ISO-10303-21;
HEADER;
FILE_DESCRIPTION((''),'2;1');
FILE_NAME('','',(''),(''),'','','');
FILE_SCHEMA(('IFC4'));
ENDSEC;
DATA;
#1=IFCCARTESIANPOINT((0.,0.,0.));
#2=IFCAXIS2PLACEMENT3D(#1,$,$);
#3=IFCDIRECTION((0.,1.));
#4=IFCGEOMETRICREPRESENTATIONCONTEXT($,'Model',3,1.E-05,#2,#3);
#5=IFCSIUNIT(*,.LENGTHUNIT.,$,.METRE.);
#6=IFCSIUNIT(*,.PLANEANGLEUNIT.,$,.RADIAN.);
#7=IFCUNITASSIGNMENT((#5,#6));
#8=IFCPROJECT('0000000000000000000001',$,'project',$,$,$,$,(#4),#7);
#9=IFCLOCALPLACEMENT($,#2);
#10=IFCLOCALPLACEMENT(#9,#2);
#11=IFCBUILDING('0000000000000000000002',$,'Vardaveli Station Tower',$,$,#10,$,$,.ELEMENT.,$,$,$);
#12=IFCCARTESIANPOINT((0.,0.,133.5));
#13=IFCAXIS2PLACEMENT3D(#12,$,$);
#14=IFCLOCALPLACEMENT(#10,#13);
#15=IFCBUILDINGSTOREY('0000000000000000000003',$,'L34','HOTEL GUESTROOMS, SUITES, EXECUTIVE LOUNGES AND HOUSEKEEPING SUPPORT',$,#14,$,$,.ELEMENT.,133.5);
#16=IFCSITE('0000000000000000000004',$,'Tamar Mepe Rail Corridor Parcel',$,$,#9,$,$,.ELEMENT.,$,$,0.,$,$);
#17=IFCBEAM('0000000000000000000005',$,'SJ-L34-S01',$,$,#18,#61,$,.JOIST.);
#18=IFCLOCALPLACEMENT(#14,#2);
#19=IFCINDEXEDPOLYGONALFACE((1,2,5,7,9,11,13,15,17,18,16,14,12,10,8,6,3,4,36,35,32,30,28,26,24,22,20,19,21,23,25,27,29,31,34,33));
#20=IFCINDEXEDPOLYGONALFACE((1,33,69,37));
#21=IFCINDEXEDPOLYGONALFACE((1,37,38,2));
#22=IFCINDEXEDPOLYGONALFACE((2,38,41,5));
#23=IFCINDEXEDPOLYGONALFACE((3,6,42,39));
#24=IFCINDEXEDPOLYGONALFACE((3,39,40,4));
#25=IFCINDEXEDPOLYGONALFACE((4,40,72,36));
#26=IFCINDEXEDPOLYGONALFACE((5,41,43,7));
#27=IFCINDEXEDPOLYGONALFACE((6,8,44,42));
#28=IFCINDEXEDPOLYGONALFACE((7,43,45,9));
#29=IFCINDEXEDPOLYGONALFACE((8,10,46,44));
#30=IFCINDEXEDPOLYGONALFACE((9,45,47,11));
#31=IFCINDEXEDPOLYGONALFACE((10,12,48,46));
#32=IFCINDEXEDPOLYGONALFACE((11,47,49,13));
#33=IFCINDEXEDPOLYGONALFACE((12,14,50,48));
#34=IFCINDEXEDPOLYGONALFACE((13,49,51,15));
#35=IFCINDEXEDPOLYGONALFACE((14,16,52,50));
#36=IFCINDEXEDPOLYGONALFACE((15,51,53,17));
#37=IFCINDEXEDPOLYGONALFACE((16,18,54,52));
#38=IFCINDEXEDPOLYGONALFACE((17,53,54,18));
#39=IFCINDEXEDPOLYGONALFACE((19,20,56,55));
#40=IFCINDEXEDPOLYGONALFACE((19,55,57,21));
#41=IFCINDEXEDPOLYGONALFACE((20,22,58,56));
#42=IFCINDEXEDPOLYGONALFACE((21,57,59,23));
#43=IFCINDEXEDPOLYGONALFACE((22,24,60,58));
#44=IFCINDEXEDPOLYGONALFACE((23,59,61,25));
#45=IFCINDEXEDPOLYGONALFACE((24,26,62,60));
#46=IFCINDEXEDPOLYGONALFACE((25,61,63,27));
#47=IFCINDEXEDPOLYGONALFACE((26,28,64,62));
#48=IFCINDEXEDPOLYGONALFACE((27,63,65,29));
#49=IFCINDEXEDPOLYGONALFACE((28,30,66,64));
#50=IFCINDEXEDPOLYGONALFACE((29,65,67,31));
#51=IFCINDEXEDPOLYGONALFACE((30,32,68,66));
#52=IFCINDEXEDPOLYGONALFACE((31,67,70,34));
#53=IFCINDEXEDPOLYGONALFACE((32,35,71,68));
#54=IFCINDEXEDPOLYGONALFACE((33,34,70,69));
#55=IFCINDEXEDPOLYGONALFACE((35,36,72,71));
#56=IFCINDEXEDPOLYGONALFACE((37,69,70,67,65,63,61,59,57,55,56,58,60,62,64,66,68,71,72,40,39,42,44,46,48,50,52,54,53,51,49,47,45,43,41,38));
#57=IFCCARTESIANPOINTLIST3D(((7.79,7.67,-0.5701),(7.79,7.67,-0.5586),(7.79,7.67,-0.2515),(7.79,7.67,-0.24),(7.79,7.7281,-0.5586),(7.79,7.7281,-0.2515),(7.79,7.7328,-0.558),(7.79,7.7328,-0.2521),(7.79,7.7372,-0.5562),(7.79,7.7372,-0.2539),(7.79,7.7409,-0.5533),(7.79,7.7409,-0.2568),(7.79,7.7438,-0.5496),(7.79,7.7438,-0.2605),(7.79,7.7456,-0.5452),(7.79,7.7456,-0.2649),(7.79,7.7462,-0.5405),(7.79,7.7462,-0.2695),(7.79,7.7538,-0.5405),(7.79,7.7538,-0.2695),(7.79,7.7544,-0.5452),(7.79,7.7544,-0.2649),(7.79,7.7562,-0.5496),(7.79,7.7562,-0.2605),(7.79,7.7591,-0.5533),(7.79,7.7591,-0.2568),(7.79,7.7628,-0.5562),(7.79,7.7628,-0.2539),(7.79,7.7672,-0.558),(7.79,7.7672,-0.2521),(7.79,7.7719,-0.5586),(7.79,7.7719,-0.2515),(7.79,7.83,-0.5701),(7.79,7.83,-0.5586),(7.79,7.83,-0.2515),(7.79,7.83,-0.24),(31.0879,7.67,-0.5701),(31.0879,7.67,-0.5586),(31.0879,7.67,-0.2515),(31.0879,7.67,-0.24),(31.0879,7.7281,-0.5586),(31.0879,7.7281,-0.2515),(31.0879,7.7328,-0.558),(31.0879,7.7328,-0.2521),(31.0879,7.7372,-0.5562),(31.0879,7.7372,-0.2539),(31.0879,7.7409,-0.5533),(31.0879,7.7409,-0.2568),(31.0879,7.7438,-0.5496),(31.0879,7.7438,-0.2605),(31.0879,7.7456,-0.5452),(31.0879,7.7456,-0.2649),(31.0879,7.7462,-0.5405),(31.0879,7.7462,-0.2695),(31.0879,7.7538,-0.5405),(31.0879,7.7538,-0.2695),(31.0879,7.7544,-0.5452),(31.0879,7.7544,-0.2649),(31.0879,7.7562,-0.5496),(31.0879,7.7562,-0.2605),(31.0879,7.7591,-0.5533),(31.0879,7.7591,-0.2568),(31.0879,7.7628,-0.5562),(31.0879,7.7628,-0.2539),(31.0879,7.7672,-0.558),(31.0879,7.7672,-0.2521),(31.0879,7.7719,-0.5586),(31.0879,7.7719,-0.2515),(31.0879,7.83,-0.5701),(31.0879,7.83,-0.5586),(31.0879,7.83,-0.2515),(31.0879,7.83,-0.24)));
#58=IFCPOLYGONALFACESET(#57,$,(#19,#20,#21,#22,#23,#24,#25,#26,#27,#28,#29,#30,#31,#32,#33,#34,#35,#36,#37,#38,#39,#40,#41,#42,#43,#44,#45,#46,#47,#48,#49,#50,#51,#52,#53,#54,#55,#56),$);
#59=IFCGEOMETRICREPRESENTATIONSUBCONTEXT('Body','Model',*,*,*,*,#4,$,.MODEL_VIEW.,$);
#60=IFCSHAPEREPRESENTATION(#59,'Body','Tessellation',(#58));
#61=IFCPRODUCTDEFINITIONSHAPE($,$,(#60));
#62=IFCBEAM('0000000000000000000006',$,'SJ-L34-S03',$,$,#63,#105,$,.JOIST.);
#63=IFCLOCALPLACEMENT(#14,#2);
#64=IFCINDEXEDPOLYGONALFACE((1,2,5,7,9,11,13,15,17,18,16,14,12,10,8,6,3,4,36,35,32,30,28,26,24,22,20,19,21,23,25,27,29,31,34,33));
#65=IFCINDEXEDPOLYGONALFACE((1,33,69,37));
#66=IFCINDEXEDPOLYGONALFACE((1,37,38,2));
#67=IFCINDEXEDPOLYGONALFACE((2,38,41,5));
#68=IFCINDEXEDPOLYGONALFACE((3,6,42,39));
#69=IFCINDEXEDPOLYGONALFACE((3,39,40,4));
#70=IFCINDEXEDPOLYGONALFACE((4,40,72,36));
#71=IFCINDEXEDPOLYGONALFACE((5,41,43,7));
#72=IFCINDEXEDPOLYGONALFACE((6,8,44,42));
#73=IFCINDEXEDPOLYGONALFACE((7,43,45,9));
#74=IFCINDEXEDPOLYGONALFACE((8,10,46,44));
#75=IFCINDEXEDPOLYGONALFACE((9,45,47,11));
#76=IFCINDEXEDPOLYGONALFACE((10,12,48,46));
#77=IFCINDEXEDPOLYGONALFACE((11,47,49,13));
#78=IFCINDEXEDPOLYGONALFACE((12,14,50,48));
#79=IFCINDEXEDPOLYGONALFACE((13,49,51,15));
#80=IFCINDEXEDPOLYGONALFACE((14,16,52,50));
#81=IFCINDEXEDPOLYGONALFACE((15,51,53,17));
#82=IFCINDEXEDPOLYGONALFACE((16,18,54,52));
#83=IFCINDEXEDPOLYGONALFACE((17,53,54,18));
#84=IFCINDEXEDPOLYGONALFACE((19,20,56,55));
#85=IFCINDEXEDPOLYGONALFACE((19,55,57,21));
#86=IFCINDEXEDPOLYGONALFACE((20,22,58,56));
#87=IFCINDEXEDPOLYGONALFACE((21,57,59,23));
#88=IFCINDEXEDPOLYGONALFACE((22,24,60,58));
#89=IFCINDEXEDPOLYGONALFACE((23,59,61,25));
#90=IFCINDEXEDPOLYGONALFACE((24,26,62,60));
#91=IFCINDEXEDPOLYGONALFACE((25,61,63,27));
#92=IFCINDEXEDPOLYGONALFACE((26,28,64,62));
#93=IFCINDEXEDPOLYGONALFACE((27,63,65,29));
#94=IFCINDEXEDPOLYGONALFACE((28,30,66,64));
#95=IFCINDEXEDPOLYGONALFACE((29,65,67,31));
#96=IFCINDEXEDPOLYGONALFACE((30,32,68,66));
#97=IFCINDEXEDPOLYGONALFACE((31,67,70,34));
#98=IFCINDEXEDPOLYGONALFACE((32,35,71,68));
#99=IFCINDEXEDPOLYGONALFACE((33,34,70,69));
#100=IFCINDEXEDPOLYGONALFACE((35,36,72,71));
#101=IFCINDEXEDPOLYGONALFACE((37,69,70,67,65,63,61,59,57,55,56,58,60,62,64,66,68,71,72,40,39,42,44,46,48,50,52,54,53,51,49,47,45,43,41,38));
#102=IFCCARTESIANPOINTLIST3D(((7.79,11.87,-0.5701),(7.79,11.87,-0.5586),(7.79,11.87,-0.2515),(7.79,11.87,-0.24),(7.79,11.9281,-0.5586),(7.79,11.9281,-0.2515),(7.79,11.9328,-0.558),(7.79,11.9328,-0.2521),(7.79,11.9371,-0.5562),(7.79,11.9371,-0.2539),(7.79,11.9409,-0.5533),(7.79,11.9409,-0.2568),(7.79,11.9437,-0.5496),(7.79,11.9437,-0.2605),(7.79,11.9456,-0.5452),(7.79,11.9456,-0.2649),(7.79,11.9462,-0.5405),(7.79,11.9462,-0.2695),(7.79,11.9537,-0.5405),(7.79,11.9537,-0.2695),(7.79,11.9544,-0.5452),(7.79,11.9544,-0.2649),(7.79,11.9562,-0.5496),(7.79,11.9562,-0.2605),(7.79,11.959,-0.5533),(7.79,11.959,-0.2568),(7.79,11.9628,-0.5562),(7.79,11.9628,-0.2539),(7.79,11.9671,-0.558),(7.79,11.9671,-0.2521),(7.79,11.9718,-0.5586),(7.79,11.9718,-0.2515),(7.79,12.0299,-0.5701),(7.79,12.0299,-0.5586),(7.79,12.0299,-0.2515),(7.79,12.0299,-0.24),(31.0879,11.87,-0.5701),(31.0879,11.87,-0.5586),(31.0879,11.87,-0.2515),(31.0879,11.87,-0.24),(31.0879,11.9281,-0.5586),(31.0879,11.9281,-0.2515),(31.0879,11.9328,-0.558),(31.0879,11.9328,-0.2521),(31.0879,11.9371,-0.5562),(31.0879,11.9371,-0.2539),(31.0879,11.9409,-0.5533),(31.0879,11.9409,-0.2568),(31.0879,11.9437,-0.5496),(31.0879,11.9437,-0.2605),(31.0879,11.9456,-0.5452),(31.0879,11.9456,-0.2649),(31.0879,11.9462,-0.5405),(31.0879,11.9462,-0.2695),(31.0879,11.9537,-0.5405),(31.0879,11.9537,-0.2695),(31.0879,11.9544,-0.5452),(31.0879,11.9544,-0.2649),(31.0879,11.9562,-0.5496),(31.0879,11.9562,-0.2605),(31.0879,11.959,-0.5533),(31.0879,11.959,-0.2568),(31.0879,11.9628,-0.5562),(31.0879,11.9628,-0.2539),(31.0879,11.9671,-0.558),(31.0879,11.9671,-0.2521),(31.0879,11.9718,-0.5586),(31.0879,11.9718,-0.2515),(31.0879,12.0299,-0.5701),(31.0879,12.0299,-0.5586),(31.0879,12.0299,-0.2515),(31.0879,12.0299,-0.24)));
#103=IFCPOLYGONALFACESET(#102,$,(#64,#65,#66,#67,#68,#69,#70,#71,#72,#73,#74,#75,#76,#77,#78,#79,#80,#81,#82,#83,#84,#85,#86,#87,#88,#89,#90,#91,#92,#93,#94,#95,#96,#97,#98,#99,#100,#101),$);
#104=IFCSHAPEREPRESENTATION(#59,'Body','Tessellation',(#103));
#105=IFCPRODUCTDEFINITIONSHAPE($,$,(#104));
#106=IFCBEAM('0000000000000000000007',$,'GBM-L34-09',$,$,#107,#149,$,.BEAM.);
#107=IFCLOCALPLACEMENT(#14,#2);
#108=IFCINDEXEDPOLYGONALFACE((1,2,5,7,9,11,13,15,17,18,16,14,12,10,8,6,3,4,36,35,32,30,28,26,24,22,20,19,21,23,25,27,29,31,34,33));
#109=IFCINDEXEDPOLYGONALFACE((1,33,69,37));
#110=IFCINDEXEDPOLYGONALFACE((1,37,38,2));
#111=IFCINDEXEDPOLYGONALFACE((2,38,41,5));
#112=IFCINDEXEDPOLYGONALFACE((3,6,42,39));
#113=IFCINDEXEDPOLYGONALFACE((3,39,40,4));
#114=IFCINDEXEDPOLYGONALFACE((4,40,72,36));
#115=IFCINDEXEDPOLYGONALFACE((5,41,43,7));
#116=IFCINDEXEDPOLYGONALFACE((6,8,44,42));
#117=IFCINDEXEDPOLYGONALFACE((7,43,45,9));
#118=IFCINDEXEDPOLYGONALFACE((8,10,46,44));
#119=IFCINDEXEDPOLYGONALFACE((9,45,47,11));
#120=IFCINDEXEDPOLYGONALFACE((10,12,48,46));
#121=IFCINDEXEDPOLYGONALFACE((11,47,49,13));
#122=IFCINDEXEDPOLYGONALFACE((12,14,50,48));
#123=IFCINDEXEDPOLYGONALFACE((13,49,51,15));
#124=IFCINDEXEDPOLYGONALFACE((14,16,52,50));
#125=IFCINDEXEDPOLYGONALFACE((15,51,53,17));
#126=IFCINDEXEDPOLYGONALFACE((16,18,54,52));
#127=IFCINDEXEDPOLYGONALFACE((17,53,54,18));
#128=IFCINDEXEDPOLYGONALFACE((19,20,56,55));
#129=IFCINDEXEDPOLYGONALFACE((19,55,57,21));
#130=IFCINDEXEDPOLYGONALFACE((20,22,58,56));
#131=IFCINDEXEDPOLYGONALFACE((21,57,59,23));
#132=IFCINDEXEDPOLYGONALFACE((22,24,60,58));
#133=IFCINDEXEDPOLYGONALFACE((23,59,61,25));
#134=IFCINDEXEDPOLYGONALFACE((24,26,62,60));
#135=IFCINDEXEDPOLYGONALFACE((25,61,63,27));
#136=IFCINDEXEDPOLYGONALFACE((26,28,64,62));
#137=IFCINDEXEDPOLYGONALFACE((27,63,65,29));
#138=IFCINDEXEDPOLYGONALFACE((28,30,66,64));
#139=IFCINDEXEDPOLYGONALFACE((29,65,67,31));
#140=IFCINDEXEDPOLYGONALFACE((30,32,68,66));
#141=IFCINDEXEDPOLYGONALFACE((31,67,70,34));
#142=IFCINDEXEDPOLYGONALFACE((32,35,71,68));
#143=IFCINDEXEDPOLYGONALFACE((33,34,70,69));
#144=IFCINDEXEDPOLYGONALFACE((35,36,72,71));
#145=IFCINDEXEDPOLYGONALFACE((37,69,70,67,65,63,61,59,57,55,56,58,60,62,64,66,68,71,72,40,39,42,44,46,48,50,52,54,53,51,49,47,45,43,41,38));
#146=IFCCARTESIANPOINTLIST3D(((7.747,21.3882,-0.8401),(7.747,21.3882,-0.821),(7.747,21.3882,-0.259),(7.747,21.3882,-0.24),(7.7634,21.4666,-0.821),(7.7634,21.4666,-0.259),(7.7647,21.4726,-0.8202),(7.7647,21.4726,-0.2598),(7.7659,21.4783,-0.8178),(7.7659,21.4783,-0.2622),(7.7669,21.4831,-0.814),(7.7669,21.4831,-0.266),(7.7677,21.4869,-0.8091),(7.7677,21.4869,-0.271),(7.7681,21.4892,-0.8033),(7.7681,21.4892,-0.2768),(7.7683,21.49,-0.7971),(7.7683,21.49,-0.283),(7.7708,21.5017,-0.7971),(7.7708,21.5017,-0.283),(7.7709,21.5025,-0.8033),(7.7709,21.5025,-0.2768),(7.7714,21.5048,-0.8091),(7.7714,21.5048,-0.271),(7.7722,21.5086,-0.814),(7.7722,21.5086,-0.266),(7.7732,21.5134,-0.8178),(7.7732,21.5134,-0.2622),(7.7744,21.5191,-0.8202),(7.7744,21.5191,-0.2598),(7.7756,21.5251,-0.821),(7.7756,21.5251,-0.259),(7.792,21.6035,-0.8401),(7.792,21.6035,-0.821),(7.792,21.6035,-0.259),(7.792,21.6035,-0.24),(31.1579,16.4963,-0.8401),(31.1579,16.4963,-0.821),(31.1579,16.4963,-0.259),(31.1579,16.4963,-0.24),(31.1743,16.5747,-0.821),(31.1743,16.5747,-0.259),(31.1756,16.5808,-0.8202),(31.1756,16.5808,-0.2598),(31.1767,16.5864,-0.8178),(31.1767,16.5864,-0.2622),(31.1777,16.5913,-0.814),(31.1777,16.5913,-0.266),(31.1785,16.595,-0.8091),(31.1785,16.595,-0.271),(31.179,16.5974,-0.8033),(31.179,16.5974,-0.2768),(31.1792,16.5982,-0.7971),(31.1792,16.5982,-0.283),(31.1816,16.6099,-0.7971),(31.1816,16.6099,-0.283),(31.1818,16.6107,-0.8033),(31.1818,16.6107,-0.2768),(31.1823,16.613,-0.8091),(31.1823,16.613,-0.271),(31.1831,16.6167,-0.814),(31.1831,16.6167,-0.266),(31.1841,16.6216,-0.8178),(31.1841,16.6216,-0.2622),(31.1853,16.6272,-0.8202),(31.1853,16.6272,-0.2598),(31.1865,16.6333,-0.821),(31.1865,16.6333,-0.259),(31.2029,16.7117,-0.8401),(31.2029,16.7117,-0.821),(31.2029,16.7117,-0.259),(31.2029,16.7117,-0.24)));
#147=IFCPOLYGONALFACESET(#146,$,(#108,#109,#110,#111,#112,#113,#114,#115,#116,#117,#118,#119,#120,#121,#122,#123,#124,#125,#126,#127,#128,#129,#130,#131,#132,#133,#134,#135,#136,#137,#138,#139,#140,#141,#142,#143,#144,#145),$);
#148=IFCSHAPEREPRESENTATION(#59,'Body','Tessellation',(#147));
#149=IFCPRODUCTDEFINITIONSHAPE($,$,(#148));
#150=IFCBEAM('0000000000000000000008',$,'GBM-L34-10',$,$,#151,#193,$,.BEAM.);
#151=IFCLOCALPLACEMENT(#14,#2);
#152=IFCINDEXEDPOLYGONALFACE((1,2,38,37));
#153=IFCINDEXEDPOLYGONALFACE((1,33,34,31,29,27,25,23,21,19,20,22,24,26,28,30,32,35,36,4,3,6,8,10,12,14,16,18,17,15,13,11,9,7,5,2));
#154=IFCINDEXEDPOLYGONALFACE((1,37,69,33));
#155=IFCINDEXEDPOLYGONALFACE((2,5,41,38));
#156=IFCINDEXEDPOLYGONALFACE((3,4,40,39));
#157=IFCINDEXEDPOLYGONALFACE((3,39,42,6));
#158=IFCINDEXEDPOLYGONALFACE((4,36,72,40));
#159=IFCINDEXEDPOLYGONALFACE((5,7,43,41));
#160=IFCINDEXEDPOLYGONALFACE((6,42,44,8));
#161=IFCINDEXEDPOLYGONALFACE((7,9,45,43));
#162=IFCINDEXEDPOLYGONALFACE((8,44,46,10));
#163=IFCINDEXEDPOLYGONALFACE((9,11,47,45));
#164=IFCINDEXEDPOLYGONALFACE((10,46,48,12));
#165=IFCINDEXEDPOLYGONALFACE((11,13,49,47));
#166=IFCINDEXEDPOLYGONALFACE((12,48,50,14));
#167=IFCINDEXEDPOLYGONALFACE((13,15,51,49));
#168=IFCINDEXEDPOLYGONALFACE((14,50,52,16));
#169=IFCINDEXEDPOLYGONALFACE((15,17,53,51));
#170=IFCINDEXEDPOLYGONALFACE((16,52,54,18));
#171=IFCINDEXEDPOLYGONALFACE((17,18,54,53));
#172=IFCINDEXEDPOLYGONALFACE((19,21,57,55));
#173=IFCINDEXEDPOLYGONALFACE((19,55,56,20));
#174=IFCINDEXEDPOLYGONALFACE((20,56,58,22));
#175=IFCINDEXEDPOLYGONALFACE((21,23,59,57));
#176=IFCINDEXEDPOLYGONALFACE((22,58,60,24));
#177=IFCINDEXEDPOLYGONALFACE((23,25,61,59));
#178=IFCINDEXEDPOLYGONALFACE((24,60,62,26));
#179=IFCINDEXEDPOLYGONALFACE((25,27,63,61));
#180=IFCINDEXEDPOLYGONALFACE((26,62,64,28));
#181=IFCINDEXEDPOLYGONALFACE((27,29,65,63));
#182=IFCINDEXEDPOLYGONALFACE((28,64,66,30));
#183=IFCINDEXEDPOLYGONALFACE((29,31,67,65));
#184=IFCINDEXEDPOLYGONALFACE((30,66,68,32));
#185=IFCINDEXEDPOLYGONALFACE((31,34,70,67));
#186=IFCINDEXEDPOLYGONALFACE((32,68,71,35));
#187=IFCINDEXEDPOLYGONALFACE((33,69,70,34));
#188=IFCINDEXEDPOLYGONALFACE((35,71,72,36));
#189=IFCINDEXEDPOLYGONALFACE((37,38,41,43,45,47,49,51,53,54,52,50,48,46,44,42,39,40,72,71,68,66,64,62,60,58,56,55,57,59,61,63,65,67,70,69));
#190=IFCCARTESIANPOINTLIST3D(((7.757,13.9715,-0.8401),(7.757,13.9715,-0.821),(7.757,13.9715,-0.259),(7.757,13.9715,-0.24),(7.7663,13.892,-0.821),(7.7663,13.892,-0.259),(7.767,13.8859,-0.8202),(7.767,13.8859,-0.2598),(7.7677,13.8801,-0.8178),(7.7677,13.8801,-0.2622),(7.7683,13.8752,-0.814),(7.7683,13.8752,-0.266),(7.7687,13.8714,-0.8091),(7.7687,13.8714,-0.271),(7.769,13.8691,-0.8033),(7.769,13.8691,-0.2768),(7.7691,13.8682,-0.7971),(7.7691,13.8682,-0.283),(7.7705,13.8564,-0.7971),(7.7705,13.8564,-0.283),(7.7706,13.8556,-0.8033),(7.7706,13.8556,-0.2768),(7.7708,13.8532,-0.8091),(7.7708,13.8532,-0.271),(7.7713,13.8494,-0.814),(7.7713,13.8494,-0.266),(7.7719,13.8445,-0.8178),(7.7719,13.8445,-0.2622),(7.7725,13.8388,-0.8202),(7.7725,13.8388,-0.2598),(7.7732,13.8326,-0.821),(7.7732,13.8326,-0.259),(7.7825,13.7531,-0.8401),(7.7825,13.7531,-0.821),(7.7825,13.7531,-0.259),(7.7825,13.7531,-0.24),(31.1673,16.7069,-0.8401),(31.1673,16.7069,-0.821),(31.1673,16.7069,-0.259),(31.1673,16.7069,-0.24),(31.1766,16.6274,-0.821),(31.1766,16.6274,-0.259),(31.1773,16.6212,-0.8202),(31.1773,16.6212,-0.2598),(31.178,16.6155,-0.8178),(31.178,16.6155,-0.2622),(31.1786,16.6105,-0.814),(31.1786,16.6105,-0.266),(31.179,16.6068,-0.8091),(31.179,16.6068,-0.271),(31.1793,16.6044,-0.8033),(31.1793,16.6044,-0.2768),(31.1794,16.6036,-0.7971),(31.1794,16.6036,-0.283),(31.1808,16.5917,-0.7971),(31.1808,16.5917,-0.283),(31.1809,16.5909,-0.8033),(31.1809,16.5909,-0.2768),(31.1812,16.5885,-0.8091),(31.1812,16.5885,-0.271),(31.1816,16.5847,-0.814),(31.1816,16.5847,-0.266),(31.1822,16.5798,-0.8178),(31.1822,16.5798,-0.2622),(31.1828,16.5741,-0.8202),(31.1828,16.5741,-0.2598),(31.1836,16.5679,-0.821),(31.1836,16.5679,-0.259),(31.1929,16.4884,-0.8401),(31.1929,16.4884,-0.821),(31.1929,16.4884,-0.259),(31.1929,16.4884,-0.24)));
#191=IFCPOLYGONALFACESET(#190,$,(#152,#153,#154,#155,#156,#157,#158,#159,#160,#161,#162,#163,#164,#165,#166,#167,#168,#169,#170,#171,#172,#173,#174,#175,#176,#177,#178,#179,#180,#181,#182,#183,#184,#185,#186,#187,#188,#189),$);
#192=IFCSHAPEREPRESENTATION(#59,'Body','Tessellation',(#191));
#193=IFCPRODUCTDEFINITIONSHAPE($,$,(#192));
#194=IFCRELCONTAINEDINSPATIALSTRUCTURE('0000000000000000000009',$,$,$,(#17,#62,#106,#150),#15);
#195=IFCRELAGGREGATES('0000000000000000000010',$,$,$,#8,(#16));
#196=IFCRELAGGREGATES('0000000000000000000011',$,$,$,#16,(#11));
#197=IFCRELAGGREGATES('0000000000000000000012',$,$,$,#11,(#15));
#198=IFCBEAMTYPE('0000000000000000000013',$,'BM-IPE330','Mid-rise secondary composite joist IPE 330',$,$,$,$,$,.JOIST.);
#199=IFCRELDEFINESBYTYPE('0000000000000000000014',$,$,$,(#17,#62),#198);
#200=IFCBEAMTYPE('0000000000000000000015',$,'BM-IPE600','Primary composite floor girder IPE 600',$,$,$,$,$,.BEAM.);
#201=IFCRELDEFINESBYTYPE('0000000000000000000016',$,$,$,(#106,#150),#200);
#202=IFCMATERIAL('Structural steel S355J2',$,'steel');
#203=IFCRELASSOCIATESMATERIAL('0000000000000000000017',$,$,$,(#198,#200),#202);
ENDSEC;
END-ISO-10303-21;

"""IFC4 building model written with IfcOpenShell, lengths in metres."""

from ifc_helpers import new_model, si_unit, direction, frame, origin, origin_2d, place, context, subcontext, project, spatial, i_section, extrude, source, transform, mapped, material, material_profile, profile_set, type_object, element, save


model = new_model("IFC4")

# Units and contexts
model_context = context("Model", 3, precision=1e-05, world=origin(), true_north=direction((0.0, 1.0)))
body_context = subcontext(model_context, "Body", "Model", "MODEL_VIEW")
ifc_project = project(units=[si_unit("LENGTHUNIT", "METRE"), si_unit("PLANEANGLEUNIT", "RADIAN")], contexts=[model_context])

# Site, building, storey
site_placement = place(None, origin())
site = spatial("IfcSite", under=ifc_project, at=site_placement, Name="Tamar Mepe Rail Corridor Parcel", CompositionType="ELEMENT", RefElevation=0.0)
building_placement = place(site_placement, origin())
building = spatial("IfcBuilding", under=site, at=building_placement, Name="Vardaveli Station Tower", CompositionType="ELEMENT")
storey_placement = place(building_placement, frame((0.0, 0.0, 133.5)))
storey = spatial("IfcBuildingStorey", under=building, at=storey_placement, Name="L34", Description="HOTEL GUESTROOMS, SUITES, EXECUTIVE LOUNGES AND HOUSEKEEPING SUPPORT", CompositionType="ELEMENT", Elevation=133.5)

# Beams
ifc_material_1 = material(Name="Structural steel S355J2", Category="steel")
ifc_material_profile_1 = material_profile(ifc_material_1, i_section(OverallWidth=0.1599, OverallDepth=0.3301, WebThickness=0.0076, FlangeThickness=0.0115, FilletRadius=0.0181, at=origin_2d()), Name="IPE 330")
ifc_profile_set_1 = profile_set([ifc_material_profile_1], Name="Structural steel S355J2")
beam_type_1 = type_object("IfcBeamType", Name="BM-IPE330", Description="Mid-rise secondary composite joist IPE 330", PredefinedType="JOIST", material=ifc_profile_set_1)
shared_shape_1 = source(origin(), body_context, "Body", "SweptSolid", [
    extrude(i_section(OverallWidth=0.1599, OverallDepth=0.3301, WebThickness=0.0076, FlangeThickness=0.0115, FilletRadius=0.0181, at=origin_2d()), origin(), (0.0, 0.0, 1.0), 23.2979),
])
for number, where, z_axis, x_axis, name in (
    (1, (7.79, 7.75, -0.405), (1.0, 0.0, 0.0), (0.0, 1.0, 0.0), "SJ-L34-S01"),
    (2, (7.79, 11.95, -0.405), (1.0, 0.0, 0.0), (0.0, 1.0, 0.0), "SJ-L34-S03"),
):
    element("IfcBeam", number, at=place(storey_placement, frame(where, z_axis=z_axis, x_axis=x_axis)), inside=storey, type_object=beam_type_1, Name=name, PredefinedType="JOIST", context=body_context, shape_type="MappedRepresentation", body=[
        mapped(shared_shape_1, transform((0.0, 0.0, 0.0), scale=1.0)),
    ])
ifc_material_profile_2 = material_profile(ifc_material_1, i_section(OverallWidth=0.22, OverallDepth=0.6001, WebThickness=0.012, FlangeThickness=0.019, FilletRadius=0.0239, at=origin_2d()), Name="IPE 600")
ifc_profile_set_2 = profile_set([ifc_material_profile_2], Name="Structural steel S355J2")
beam_type_2 = type_object("IfcBeamType", Name="BM-IPE600", Description="Primary composite floor girder IPE 600", PredefinedType="BEAM", material=ifc_profile_set_2)
shared_shape_2 = source(origin(), body_context, "Body", "SweptSolid", [
    extrude(i_section(OverallWidth=0.22, OverallDepth=0.6001, WebThickness=0.012, FlangeThickness=0.019, FilletRadius=0.0239, at=origin_2d()), origin(), (0.0, 0.0, 1.0), 23.9165),
])
beam_1_placement = place(storey_placement, frame((7.7695, 21.4958, -0.54), z_axis=(0.978859, -0.204538, 0.0), x_axis=(0.204538, 0.978859, 0.0)))
element("IfcBeam", 3, at=beam_1_placement, inside=storey, type_object=beam_type_2, Name="GBM-L34-09", PredefinedType="BEAM", context=body_context, shape_type="MappedRepresentation", body=[
    mapped(shared_shape_2, transform((0.0, 0.0, 0.0), scale=1.0)),
])
shared_shape_3 = source(origin(), body_context, "Body", "SweptSolid", [
    extrude(i_section(OverallWidth=0.22, OverallDepth=0.6001, WebThickness=0.012, FlangeThickness=0.019, FilletRadius=0.0239, at=origin_2d()), origin(), (0.0, 0.0, 1.0), 23.5696),
])
beam_2_placement = place(storey_placement, frame((7.7698, 13.8623, -0.54), z_axis=(0.993243, 0.116054, 0.0), x_axis=(-0.116054, 0.993243, 0.0)))
element("IfcBeam", 4, at=beam_2_placement, inside=storey, type_object=beam_type_2, Name="GBM-L34-10", PredefinedType="BEAM", context=body_context, shape_type="MappedRepresentation", body=[
    mapped(shared_shape_3, transform((0.0, 0.0, 0.0), scale=1.0)),
])

save(model, "model.ifc")
